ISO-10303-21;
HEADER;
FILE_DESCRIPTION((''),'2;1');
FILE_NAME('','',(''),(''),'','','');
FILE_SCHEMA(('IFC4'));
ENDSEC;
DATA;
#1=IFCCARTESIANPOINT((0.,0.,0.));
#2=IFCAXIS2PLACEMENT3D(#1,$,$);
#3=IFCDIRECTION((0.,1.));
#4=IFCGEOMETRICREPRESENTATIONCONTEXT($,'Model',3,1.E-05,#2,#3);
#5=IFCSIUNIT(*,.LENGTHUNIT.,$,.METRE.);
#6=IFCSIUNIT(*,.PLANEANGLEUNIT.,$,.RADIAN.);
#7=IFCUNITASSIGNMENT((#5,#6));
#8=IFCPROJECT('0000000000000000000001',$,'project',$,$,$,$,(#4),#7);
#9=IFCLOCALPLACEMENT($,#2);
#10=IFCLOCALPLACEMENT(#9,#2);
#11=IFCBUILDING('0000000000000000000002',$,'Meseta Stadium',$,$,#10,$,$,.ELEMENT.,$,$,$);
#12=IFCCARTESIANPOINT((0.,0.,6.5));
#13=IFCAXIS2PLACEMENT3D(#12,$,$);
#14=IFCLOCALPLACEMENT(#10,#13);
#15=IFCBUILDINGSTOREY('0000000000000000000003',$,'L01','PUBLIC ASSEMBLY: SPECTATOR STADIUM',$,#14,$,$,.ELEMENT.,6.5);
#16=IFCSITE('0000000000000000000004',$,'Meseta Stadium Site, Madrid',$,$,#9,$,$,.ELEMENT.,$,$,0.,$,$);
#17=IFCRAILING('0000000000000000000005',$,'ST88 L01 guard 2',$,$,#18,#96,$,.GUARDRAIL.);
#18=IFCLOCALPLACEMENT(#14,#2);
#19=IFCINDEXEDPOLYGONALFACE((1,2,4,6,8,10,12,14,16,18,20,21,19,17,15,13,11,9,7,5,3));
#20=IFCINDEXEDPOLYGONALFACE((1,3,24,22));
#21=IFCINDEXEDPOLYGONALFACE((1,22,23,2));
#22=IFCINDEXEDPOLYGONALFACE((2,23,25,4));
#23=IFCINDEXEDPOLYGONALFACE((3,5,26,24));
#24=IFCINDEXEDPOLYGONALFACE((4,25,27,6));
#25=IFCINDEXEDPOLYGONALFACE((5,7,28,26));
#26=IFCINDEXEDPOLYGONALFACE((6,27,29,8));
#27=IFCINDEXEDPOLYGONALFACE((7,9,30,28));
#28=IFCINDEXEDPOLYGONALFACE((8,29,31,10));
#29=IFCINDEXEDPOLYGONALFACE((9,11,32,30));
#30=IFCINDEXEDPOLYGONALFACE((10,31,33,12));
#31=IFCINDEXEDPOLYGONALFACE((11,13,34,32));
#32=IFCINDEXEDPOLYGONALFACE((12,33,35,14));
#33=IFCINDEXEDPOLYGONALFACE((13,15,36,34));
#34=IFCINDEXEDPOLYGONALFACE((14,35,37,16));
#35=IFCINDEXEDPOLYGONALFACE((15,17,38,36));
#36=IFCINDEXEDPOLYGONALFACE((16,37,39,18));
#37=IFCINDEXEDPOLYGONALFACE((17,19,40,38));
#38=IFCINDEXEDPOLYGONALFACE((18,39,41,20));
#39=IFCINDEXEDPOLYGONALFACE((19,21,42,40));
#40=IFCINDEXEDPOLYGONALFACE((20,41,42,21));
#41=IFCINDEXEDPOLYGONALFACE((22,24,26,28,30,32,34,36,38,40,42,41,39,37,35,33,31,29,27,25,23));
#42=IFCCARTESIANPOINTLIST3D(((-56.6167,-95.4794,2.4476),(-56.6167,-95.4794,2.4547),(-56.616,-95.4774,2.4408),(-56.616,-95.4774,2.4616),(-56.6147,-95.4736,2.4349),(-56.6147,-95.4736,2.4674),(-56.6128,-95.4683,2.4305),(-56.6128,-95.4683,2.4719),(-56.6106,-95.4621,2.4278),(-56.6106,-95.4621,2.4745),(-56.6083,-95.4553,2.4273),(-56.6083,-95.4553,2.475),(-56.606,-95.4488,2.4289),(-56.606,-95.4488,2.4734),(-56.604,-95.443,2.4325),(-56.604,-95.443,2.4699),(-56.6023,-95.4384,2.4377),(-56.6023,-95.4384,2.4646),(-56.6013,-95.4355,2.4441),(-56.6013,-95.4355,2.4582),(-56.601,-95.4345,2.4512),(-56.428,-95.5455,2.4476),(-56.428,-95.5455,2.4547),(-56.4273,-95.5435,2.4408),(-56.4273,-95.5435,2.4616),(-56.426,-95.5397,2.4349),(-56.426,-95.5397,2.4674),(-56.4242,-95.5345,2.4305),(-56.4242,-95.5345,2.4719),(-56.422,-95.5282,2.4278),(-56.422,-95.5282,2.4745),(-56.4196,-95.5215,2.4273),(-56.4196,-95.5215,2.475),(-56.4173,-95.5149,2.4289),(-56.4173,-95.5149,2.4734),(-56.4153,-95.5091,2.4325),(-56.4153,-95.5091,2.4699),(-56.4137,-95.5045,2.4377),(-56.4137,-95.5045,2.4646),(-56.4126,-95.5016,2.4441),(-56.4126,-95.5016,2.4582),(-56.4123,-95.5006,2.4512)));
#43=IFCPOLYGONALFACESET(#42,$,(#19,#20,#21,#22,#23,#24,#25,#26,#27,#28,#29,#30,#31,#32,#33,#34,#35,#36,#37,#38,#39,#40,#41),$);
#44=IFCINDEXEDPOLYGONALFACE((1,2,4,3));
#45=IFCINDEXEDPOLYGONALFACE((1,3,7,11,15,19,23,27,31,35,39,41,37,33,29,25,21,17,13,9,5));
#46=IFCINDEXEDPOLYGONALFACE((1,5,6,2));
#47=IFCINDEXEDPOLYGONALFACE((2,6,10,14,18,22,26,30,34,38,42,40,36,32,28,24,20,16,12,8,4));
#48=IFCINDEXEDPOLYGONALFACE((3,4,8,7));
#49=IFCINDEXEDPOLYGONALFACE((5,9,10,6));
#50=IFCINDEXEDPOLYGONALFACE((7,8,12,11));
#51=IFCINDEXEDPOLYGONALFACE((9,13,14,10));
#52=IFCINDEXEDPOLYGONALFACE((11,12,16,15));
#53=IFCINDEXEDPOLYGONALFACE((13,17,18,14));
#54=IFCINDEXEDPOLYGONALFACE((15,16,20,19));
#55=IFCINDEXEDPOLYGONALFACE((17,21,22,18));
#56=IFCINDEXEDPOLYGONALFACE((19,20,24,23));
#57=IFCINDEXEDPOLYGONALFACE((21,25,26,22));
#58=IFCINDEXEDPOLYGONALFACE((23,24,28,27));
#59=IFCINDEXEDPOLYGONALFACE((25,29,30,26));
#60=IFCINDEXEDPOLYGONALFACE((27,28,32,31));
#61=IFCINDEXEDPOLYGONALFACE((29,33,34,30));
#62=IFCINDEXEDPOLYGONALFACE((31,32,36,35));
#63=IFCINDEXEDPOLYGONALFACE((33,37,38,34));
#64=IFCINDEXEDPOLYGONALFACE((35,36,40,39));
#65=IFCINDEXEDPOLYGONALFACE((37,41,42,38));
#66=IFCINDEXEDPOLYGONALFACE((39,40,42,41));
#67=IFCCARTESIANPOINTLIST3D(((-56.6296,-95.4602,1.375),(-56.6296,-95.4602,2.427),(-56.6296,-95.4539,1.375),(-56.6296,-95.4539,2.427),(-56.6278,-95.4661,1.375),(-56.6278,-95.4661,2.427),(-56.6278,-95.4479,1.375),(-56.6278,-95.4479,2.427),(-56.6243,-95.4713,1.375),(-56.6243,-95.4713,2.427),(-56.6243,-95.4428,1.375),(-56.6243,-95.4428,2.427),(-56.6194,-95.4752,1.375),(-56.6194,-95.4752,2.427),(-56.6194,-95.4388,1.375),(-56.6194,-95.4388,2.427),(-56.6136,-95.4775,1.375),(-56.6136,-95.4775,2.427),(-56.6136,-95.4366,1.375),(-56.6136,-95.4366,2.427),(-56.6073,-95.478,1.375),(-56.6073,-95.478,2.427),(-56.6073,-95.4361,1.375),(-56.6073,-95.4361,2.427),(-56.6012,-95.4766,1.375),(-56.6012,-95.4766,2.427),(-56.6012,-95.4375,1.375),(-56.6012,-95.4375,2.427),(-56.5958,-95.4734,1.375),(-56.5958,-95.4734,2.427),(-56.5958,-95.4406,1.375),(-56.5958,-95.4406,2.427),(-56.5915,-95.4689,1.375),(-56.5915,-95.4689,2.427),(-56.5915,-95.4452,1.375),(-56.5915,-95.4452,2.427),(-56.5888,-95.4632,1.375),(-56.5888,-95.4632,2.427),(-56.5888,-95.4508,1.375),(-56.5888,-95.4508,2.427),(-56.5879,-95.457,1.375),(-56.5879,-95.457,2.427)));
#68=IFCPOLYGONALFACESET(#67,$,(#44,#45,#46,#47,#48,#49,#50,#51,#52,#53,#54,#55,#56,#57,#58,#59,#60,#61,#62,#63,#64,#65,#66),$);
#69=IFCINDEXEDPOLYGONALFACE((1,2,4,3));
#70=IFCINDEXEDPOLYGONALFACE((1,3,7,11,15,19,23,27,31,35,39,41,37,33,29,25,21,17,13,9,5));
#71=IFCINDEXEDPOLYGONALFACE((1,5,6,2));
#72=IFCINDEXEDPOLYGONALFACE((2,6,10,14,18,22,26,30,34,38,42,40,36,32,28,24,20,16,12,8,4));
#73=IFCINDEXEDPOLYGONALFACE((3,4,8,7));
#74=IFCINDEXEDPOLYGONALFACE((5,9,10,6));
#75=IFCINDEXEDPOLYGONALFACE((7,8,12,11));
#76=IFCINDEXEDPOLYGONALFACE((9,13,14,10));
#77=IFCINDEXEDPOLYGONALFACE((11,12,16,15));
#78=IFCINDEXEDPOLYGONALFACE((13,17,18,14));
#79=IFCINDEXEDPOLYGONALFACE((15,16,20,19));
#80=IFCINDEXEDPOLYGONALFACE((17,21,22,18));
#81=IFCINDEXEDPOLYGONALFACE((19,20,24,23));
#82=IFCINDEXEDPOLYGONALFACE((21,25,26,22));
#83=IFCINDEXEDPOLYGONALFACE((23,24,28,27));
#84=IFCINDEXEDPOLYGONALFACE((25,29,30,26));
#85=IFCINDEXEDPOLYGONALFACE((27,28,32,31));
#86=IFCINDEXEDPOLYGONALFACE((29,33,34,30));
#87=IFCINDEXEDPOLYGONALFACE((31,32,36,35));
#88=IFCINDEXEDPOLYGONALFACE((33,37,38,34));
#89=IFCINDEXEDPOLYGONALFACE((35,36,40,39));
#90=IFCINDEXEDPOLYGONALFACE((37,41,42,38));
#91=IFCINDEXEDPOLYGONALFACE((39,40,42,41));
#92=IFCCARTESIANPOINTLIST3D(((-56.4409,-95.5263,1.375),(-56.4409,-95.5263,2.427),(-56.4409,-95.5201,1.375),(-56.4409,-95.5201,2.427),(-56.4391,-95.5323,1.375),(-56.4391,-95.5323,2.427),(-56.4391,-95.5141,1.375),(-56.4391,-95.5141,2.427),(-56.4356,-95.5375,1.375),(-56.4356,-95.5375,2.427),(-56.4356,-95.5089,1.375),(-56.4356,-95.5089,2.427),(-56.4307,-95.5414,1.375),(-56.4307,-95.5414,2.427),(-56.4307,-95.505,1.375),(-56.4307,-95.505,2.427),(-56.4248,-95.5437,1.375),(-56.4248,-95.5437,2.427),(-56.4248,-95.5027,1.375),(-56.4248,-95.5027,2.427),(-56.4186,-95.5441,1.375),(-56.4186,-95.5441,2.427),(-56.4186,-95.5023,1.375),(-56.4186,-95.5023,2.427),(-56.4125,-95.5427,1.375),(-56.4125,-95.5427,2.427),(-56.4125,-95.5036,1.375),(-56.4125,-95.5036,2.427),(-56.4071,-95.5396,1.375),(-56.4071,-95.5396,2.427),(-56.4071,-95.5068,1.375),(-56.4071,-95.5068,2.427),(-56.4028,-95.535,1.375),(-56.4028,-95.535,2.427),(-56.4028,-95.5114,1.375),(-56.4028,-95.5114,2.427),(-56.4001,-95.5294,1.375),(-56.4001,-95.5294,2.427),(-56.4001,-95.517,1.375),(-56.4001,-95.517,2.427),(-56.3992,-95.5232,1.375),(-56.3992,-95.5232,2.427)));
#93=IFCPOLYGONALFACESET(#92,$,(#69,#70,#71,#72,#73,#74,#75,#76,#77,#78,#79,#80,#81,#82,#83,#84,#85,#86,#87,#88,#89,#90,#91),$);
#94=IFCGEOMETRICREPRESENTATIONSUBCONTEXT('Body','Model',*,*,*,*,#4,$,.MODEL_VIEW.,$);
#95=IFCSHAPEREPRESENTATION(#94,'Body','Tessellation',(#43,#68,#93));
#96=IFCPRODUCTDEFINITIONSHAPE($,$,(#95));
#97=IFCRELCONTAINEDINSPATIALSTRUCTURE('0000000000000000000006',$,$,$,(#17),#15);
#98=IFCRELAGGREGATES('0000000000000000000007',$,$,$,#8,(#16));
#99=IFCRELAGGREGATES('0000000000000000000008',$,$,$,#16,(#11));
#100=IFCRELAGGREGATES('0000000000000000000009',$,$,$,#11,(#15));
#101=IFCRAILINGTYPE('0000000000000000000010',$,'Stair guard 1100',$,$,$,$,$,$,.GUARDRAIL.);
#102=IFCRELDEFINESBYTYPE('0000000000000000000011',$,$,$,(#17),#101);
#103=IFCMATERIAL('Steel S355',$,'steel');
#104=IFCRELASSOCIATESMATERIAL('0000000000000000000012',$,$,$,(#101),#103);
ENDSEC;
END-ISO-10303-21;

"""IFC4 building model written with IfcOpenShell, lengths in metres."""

from ifc_helpers import new_model, si_unit, direction, frame, origin, origin_2d, place, context, subcontext, project, spatial, circle, extrude, material, type_object, element, save


model = new_model("IFC4")

# Units and contexts
model_context = context("Model", 3, precision=1e-05, world=origin(), true_north=direction((0.0, 1.0)))
body_context = subcontext(model_context, "Body", "Model", "MODEL_VIEW")
ifc_project = project(units=[si_unit("LENGTHUNIT", "METRE"), si_unit("PLANEANGLEUNIT", "RADIAN")], contexts=[model_context])

# Site, building, storey
site_placement = place(None, origin())
site = spatial("IfcSite", under=ifc_project, at=site_placement, Name="Meseta Stadium Site, Madrid", CompositionType="ELEMENT", RefElevation=0.0)
building_placement = place(site_placement, origin())
building = spatial("IfcBuilding", under=site, at=building_placement, Name="Meseta Stadium", CompositionType="ELEMENT")
storey_placement = place(building_placement, frame((0.0, 0.0, 6.5)))
storey = spatial("IfcBuildingStorey", under=building, at=storey_placement, Name="L01", Description="PUBLIC ASSEMBLY: SPECTATOR STADIUM", CompositionType="ELEMENT", Elevation=6.5)

# Railing
ifc_material_1 = material(Name="Steel S355", Category="steel")
railing_type_1 = type_object("IfcRailingType", Name="Stair guard 1100", PredefinedType="GUARDRAIL", material=ifc_material_1)
railing_1_placement = place(storey_placement, frame((-56.6089, -95.457, 1.375)))
element("IfcRailing", 1, at=railing_1_placement, inside=storey, type_object=railing_type_1, Name="ST88 L01 guard 2", PredefinedType="GUARDRAIL", context=body_context, shape_type="SweptSolid", body=[
    extrude(circle(Radius=0.0239, at=origin_2d()), frame((0.0, 0.0, 1.0762), z_axis=(0.943687, -0.33084, 0.0), x_axis=(0.33084, 0.943687, 0.0)), (0.0, 0.0, 1.0), 0.2),
    extrude(circle(Radius=0.021, at=origin_2d()), origin(), (0.0, 0.0, 1.0), 1.052),
    extrude(circle(Radius=0.021, at=origin_2d()), frame((0.1887, -0.0662, 0.0)), (0.0, 0.0, 1.0), 1.052),
])

save(model, "model.ifc")
